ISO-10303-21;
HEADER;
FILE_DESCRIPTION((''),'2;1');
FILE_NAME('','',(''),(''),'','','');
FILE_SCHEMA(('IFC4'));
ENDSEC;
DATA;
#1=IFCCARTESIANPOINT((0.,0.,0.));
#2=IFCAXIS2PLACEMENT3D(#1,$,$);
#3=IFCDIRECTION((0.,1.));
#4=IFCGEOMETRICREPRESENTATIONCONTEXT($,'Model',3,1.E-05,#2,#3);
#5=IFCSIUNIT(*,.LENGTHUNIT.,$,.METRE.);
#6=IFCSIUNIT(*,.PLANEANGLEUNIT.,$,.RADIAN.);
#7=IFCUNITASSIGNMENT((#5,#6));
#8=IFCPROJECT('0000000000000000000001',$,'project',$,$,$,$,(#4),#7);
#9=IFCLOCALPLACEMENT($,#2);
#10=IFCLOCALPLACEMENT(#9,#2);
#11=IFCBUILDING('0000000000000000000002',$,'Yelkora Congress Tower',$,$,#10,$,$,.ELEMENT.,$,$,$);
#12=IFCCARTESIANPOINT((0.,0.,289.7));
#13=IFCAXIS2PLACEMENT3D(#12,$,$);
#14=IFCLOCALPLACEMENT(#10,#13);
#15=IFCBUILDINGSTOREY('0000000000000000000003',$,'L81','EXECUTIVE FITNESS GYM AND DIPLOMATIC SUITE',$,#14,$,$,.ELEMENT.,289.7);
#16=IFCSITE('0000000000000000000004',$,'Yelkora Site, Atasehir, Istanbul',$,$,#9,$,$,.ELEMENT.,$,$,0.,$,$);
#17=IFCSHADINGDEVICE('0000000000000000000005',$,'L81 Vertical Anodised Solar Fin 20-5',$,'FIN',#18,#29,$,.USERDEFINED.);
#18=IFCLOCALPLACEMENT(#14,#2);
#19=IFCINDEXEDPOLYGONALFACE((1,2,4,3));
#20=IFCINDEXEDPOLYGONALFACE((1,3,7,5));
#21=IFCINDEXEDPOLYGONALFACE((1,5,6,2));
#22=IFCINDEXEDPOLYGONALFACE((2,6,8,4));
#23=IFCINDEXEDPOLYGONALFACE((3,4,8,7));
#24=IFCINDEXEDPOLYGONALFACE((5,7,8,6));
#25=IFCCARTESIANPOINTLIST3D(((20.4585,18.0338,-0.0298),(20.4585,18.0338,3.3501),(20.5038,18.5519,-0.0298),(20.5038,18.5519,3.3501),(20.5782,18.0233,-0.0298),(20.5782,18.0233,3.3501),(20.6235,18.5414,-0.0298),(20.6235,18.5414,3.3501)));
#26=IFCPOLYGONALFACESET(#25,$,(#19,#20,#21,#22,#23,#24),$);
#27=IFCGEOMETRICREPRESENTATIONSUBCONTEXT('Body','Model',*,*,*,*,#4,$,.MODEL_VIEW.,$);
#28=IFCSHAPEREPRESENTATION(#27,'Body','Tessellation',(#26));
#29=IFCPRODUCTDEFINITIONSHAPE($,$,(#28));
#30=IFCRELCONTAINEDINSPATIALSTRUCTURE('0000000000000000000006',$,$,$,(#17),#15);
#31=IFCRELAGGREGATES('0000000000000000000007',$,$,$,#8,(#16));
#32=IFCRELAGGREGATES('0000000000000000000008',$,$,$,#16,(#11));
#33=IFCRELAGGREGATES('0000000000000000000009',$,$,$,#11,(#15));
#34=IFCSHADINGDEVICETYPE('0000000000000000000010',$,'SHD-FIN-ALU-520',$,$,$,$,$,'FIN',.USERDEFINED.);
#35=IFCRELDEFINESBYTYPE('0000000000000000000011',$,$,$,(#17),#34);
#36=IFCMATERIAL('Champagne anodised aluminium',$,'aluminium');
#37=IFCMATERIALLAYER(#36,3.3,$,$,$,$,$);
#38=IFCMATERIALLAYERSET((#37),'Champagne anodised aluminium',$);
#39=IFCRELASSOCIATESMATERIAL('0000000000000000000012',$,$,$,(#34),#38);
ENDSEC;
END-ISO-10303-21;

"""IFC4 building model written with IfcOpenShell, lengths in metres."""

from ifc_helpers import new_model, si_unit, direction, frame, origin, origin_2d, place, context, subcontext, project, spatial, rectangle, extrude, material, layer, layer_set, type_object, element, save


model = new_model("IFC4")

# Units and contexts
model_context = context("Model", 3, precision=1e-05, world=origin(), true_north=direction((0.0, 1.0)))
body_context = subcontext(model_context, "Body", "Model", "MODEL_VIEW")
ifc_project = project(units=[si_unit("LENGTHUNIT", "METRE"), si_unit("PLANEANGLEUNIT", "RADIAN")], contexts=[model_context])

# Site, building, storey
site_placement = place(None, origin())
site = spatial("IfcSite", under=ifc_project, at=site_placement, Name="Yelkora Site, Atasehir, Istanbul", CompositionType="ELEMENT", RefElevation=0.0)
building_placement = place(site_placement, origin())
building = spatial("IfcBuilding", under=site, at=building_placement, Name="Yelkora Congress Tower", CompositionType="ELEMENT")
storey_placement = place(building_placement, frame((0.0, 0.0, 289.7)))
storey = spatial("IfcBuildingStorey", under=building, at=storey_placement, Name="L81", Description="EXECUTIVE FITNESS GYM AND DIPLOMATIC SUITE", CompositionType="ELEMENT", Elevation=289.7)

# Shading device
ifc_material_1 = material(Name="Champagne anodised aluminium", Category="aluminium")
ifc_layer_1 = layer(ifc_material_1, 3.3)
ifc_layer_set_1 = layer_set([ifc_layer_1], Name="Champagne anodised aluminium")
shading_device_type = type_object("IfcShadingDeviceType", Name="SHD-FIN-ALU-520", ElementType="FIN", PredefinedType="USERDEFINED", material=ifc_layer_set_1)
for number, where, z_axis, x_axis, name in (
    (1, (20.541, 18.2876, -0.0298), (0.0, 0.0, 1.0), (-0.996195, 0.087156, 0.0), "L81 Vertical Anodised Solar Fin 20-5"),
):
    element("IfcShadingDevice", number, at=place(storey_placement, frame(where, z_axis=z_axis, x_axis=x_axis)), inside=storey, type_object=shading_device_type, Name=name, ObjectType="FIN", PredefinedType="USERDEFINED", context=body_context, shape_type="SweptSolid", body=[
        extrude(rectangle(XDim=0.1201, YDim=0.52, at=origin_2d()), origin(), (0.0, 0.0, 1.0), 3.3799),
    ])

save(model, "model.ifc")
